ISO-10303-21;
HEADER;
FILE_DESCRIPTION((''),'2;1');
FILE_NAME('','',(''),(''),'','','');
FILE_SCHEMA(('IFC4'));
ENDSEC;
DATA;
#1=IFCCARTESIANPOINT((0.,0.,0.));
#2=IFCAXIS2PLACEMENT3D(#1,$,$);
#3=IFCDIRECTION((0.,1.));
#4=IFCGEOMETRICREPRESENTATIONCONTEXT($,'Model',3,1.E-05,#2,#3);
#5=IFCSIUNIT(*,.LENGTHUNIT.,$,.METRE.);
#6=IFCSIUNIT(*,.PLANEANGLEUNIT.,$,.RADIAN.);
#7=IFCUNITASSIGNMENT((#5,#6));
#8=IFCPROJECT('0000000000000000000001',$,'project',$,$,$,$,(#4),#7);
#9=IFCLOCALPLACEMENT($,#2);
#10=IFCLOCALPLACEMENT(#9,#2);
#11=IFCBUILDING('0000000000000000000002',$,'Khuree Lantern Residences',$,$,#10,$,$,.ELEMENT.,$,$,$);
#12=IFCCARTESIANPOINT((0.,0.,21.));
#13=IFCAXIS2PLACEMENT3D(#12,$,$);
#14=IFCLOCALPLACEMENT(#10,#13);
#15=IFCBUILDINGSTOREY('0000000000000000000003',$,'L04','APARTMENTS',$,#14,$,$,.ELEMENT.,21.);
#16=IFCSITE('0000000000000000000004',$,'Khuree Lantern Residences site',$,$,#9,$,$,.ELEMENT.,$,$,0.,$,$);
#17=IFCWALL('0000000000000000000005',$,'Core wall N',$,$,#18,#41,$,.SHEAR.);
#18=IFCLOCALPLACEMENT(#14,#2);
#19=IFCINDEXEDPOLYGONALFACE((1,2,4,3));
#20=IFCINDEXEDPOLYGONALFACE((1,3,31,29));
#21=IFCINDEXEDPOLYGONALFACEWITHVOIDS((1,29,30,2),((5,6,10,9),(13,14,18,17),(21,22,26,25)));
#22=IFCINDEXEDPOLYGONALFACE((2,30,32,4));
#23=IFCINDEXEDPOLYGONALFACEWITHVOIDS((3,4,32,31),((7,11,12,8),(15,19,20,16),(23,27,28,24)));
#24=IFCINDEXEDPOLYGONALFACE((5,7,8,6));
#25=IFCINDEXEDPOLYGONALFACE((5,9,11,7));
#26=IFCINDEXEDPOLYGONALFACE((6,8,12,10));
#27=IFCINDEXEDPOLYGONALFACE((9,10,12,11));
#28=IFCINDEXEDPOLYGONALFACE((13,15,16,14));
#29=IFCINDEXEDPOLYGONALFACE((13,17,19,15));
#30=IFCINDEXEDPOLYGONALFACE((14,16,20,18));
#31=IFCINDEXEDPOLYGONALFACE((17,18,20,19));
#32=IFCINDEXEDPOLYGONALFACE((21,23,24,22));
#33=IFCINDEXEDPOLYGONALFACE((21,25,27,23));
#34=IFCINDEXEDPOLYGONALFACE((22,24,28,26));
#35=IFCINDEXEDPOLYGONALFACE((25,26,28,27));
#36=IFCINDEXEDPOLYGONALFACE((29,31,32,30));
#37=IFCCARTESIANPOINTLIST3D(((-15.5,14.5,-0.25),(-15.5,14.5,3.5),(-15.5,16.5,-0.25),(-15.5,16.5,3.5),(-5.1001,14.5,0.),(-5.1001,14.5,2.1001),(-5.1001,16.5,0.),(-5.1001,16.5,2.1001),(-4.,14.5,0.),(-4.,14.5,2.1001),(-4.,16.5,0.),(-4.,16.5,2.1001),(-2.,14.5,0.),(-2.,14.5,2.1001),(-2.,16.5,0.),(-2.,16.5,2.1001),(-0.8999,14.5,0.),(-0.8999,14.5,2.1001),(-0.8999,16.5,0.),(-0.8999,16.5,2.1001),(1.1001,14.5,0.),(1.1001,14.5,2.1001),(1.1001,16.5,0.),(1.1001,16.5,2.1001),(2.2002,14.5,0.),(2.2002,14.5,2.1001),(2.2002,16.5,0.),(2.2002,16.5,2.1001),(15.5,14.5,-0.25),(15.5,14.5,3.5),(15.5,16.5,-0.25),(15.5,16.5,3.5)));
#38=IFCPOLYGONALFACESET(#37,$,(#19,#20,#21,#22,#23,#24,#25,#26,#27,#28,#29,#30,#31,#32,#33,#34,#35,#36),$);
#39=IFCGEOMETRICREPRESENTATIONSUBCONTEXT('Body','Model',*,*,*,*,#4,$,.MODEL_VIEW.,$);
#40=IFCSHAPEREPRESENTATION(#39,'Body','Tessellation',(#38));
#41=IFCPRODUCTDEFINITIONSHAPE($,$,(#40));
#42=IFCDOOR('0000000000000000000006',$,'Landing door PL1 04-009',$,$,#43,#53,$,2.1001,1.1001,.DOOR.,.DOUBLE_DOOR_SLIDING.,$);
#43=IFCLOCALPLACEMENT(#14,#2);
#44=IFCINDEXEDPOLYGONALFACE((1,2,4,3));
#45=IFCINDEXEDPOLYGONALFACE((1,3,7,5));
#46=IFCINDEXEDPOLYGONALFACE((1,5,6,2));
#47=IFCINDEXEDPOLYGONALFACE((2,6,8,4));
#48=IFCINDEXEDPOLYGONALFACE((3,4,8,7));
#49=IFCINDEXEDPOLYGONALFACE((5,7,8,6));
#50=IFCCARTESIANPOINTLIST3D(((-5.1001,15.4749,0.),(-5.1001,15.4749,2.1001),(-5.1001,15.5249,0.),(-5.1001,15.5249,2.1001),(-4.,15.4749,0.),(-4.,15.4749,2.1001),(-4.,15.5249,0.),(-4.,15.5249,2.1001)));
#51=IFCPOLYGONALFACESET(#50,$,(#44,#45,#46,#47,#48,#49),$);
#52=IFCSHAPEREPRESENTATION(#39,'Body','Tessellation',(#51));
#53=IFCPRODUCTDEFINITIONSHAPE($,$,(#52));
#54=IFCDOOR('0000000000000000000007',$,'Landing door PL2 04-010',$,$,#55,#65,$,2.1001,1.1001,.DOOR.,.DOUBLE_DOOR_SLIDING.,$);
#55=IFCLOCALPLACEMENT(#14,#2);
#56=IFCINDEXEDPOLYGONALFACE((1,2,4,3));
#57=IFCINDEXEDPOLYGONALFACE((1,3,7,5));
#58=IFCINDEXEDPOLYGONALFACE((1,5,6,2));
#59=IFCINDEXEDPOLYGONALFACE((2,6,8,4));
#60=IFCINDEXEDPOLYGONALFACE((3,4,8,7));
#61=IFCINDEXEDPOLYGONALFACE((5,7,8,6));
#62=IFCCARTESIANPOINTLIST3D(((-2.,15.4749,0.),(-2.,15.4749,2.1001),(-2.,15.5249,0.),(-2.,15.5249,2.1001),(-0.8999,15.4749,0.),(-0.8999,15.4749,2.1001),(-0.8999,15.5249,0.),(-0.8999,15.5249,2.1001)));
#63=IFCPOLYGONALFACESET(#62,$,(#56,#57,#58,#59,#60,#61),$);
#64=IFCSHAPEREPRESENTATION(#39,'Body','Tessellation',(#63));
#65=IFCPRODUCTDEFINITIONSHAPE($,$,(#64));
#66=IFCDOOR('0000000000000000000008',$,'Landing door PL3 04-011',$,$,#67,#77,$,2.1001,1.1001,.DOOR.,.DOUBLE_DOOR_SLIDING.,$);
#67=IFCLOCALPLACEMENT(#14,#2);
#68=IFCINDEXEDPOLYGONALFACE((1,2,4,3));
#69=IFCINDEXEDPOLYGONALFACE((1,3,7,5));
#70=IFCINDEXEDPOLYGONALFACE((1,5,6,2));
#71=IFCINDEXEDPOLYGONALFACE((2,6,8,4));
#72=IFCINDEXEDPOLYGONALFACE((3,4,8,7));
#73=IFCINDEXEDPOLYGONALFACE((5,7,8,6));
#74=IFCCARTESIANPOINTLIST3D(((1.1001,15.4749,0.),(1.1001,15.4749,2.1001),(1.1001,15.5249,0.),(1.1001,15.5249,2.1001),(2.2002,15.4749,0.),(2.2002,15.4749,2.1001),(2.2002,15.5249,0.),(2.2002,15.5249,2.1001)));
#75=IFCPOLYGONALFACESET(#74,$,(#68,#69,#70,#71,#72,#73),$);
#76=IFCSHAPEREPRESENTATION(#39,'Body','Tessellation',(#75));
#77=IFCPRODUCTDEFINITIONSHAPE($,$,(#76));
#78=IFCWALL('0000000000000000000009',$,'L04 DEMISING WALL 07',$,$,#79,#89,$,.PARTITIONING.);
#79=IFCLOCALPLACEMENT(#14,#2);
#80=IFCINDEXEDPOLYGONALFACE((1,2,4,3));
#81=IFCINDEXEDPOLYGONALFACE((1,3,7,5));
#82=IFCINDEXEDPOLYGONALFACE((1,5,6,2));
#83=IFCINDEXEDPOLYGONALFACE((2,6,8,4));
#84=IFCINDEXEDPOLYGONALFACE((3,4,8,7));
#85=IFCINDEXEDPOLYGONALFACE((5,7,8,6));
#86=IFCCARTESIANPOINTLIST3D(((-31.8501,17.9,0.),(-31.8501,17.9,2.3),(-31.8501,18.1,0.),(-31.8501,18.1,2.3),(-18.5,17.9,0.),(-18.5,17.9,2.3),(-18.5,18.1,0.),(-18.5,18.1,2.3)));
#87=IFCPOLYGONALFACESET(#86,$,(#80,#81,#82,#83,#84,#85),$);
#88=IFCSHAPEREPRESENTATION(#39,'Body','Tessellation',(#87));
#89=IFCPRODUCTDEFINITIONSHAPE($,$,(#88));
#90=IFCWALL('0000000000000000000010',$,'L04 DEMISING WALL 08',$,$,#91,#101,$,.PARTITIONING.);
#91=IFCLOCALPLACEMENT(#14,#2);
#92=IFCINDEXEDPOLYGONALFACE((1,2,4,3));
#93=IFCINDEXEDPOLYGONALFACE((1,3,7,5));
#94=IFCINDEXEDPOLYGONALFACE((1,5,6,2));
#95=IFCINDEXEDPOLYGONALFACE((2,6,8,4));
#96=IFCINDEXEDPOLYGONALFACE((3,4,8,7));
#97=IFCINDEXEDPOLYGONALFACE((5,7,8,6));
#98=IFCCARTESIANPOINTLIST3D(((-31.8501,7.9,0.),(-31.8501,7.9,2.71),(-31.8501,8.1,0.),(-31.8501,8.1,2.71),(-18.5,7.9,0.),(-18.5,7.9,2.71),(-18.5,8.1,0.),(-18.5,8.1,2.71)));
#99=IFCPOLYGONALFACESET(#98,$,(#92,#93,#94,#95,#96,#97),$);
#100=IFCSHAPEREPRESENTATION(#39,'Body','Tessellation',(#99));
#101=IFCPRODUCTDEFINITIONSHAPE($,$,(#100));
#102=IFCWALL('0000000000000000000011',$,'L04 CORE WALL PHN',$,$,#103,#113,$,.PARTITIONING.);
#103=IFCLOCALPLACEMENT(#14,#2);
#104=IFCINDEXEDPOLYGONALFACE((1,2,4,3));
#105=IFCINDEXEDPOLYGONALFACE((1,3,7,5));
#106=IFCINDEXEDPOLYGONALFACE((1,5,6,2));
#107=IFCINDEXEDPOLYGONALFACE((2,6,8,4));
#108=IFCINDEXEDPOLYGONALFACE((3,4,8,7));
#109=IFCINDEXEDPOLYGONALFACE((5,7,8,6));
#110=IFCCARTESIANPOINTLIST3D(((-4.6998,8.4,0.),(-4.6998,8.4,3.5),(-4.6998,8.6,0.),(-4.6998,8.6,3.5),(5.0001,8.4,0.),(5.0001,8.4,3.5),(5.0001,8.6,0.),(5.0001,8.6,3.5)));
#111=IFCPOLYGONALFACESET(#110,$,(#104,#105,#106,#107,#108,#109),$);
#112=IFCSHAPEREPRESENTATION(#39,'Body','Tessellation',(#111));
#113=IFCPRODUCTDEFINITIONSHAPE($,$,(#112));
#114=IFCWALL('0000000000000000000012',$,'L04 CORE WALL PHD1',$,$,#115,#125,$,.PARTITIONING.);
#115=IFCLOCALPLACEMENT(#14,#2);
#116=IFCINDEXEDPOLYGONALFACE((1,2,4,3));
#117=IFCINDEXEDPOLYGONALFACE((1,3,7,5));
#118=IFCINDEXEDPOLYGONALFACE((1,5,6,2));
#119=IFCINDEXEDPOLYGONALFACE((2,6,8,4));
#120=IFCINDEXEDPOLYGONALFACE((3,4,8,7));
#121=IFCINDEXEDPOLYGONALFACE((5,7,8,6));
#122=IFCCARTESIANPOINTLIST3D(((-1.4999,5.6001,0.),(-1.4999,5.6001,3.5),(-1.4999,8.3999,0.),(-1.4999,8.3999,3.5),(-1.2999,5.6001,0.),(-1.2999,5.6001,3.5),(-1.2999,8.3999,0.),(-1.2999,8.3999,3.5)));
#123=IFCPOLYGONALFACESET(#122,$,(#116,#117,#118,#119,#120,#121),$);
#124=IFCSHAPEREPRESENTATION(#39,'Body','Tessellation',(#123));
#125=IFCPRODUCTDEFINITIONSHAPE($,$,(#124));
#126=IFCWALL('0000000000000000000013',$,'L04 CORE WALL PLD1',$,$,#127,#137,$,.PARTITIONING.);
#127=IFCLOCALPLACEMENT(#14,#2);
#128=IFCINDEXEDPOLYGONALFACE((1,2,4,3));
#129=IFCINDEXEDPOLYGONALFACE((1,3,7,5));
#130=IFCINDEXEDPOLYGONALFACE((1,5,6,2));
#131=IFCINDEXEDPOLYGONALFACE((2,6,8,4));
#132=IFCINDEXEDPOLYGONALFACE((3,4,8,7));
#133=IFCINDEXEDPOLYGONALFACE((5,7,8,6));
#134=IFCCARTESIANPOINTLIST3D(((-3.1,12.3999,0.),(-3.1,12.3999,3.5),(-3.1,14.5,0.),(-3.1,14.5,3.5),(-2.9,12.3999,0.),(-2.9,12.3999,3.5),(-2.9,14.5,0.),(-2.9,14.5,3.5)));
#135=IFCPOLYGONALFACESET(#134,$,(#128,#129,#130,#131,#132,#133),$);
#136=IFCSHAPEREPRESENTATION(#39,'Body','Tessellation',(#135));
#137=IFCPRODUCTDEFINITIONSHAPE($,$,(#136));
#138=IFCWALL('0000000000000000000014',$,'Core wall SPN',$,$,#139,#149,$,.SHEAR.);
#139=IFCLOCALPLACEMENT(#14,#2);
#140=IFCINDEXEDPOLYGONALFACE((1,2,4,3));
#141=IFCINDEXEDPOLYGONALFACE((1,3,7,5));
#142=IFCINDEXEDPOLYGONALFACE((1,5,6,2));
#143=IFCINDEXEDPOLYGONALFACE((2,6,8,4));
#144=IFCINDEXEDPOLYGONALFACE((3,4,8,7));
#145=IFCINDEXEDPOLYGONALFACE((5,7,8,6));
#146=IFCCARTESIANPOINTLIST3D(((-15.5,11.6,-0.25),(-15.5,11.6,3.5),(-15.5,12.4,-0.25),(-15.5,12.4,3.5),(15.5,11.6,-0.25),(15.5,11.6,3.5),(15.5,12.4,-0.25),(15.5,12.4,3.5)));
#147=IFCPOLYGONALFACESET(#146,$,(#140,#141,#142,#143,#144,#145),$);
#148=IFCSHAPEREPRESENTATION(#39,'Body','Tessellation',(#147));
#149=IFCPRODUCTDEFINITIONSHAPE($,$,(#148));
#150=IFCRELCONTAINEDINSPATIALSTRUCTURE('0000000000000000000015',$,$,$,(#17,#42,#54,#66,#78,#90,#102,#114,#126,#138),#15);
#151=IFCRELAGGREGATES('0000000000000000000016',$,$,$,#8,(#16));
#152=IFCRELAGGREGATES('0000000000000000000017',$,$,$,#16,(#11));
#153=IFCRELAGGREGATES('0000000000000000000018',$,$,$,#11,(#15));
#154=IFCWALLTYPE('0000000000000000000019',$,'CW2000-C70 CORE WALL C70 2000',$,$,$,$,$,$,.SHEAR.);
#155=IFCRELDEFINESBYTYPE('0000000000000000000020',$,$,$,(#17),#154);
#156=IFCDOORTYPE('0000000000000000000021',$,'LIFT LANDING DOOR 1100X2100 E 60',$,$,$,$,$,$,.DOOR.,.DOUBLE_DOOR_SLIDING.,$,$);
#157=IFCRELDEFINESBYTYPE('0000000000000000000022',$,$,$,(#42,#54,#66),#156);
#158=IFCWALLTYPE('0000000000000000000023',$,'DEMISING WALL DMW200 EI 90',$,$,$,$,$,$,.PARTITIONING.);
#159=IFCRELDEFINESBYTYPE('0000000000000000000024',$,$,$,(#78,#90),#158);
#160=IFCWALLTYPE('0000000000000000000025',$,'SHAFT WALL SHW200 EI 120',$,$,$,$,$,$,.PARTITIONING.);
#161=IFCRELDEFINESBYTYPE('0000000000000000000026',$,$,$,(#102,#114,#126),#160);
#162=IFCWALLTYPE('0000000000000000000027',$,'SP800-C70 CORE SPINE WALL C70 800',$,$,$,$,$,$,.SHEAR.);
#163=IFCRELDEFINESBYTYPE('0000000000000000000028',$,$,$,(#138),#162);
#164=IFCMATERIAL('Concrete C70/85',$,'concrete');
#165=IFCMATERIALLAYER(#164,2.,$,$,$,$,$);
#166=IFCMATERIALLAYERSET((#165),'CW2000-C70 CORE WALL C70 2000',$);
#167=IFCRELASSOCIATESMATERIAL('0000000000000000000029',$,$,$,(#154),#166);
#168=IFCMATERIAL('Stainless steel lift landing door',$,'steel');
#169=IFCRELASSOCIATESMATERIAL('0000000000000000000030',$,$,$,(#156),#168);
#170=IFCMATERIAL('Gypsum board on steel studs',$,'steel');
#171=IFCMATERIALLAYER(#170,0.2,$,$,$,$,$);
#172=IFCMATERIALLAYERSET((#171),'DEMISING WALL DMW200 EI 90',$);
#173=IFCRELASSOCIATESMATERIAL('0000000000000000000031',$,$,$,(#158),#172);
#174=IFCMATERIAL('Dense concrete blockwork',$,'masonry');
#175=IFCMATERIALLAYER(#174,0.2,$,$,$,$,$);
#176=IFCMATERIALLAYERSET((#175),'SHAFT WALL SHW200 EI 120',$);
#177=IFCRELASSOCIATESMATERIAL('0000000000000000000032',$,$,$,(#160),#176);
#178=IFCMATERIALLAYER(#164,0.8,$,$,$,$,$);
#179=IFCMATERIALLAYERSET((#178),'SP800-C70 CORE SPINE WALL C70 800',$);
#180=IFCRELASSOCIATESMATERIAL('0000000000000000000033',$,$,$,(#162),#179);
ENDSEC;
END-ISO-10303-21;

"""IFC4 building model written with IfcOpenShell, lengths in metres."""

from ifc_helpers import new_model, si_unit, direction, frame, frame_2d, origin, place, context, subcontext, project, spatial, rectangle, extrude, material, layer, layer_set, type_object, element, fill, save


model = new_model("IFC4")

# Units and contexts
model_context = context("Model", 3, precision=1e-05, world=origin(), true_north=direction((0.0, 1.0)))
body_context = subcontext(model_context, "Body", "Model", "MODEL_VIEW")
ifc_project = project(units=[si_unit("LENGTHUNIT", "METRE"), si_unit("PLANEANGLEUNIT", "RADIAN")], contexts=[model_context])

# Site, building, storey
site_placement = place(None, origin())
site = spatial("IfcSite", under=ifc_project, at=site_placement, Name="Khuree Lantern Residences site", CompositionType="ELEMENT", RefElevation=0.0)
building_placement = place(site_placement, origin())
building = spatial("IfcBuilding", under=site, at=building_placement, Name="Khuree Lantern Residences", CompositionType="ELEMENT")
storey_placement = place(building_placement, frame((0.0, 0.0, 21.0)))
storey = spatial("IfcBuildingStorey", under=building, at=storey_placement, Name="L04", Description="APARTMENTS", CompositionType="ELEMENT", Elevation=21.0)

# Shared definitions
ifc_material_1 = material(Name="Concrete C70/85", Category="concrete")

# Shared definitions
ifc_material_2 = material(Name="Dense concrete blockwork", Category="masonry")

# Wall, openings, doors
ifc_layer_1 = layer(ifc_material_1, 2.0)
ifc_layer_set_1 = layer_set([ifc_layer_1], Name="CW2000-C70 CORE WALL C70 2000")
wall_type_1 = type_object("IfcWallType", Name="CW2000-C70 CORE WALL C70 2000", PredefinedType="SHEAR", material=ifc_layer_set_1)
wall_1_placement = place(storey_placement, frame((-15.5, 15.5, -0.25), z_axis=(0.0, 0.0, 1.0), x_axis=(1.0, 0.0, 0.0)))
wall_1 = element("IfcWall", 1, at=wall_1_placement, inside=storey, type_object=wall_type_1, Name="Core wall N", PredefinedType="SHEAR", context=body_context, shape_type="SweptSolid", body=[
    extrude(rectangle(XDim=31.0, YDim=2.0, at=frame_2d((15.5, 0.0))), origin(), (0.0, 0.0, 1.0), 3.75),
])
opening_1_placement = place(wall_1_placement, frame((10.3999, 0.0, 0.25)))
opening_1 = element("IfcOpeningElement", 2, at=opening_1_placement, cuts=wall_1, PredefinedType="OPENING", context=body_context, shape_type="SweptSolid", body=[
    extrude(rectangle(XDim=1.1001, YDim=2.1001, at=frame_2d((0.55, 1.05))), frame((0.0, 1.01, 0.0), z_axis=(0.0, -1.0, 0.0), x_axis=(1.0, 0.0, 0.0)), (0.0, 0.0, 1.0), 2.02),
])
opening_2_placement = place(wall_1_placement, frame((13.5, 0.0, 0.25)))
opening_2 = element("IfcOpeningElement", 3, at=opening_2_placement, cuts=wall_1, PredefinedType="OPENING", context=body_context, shape_type="SweptSolid", body=[
    extrude(rectangle(XDim=1.1001, YDim=2.1001, at=frame_2d((0.55, 1.05))), frame((0.0, 1.01, 0.0), z_axis=(0.0, -1.0, 0.0), x_axis=(1.0, 0.0, 0.0)), (0.0, 0.0, 1.0), 2.02),
])
opening_3_placement = place(wall_1_placement, frame((16.6001, 0.0, 0.25)))
opening_3 = element("IfcOpeningElement", 4, at=opening_3_placement, cuts=wall_1, PredefinedType="OPENING", context=body_context, shape_type="SweptSolid", body=[
    extrude(rectangle(XDim=1.1001, YDim=2.1001, at=frame_2d((0.55, 1.05))), frame((0.0, 1.01, 0.0), z_axis=(0.0, -1.0, 0.0), x_axis=(1.0, 0.0, 0.0)), (0.0, 0.0, 1.0), 2.02),
])
ifc_material_3 = material(Name="Stainless steel lift landing door", Category="steel")
door_type_1 = type_object("IfcDoorType", Name="LIFT LANDING DOOR 1100X2100 E 60", OperationType="DOUBLE_DOOR_SLIDING", PredefinedType="DOOR", material=ifc_material_3)
door_1_placement = place(opening_1_placement, origin())
door_1 = element("IfcDoor", 5, at=door_1_placement, inside=storey, type_object=door_type_1, Name="Landing door PL1 04-009", OperationType="DOUBLE_DOOR_SLIDING", OverallHeight=2.1001, OverallWidth=1.1001, PredefinedType="DOOR", context=body_context, shape_type="SweptSolid", body=[
    extrude(rectangle(XDim=1.1001, YDim=2.1001, at=frame_2d((0.55, 1.05))), frame((0.0, 0.0249, 0.0), z_axis=(0.0, -1.0, 0.0), x_axis=(1.0, 0.0, 0.0)), (0.0, 0.0, 1.0), 0.05),
])
fill(opening_1, door_1)
door_2_placement = place(opening_2_placement, origin())
door_2 = element("IfcDoor", 6, at=door_2_placement, inside=storey, type_object=door_type_1, Name="Landing door PL2 04-010", OperationType="DOUBLE_DOOR_SLIDING", OverallHeight=2.1001, OverallWidth=1.1001, PredefinedType="DOOR", context=body_context, shape_type="SweptSolid", body=[
    extrude(rectangle(XDim=1.1001, YDim=2.1001, at=frame_2d((0.55, 1.05))), frame((0.0, 0.0249, 0.0), z_axis=(0.0, -1.0, 0.0), x_axis=(1.0, 0.0, 0.0)), (0.0, 0.0, 1.0), 0.05),
])
fill(opening_2, door_2)
door_3_placement = place(opening_3_placement, origin())
door_3 = element("IfcDoor", 7, at=door_3_placement, inside=storey, type_object=door_type_1, Name="Landing door PL3 04-011", OperationType="DOUBLE_DOOR_SLIDING", OverallHeight=2.1001, OverallWidth=1.1001, PredefinedType="DOOR", context=body_context, shape_type="SweptSolid", body=[
    extrude(rectangle(XDim=1.1001, YDim=2.1001, at=frame_2d((0.55, 1.05))), frame((0.0, 0.0249, 0.0), z_axis=(0.0, -1.0, 0.0), x_axis=(1.0, 0.0, 0.0)), (0.0, 0.0, 1.0), 0.05),
])
fill(opening_3, door_3)

# Walls
ifc_material_4 = material(Name="Gypsum board on steel studs", Category="steel")
ifc_layer_2 = layer(ifc_material_4, 0.2)
ifc_layer_set_2 = layer_set([ifc_layer_2], Name="DEMISING WALL DMW200 EI 90")
wall_type_2 = type_object("IfcWallType", Name="DEMISING WALL DMW200 EI 90", PredefinedType="PARTITIONING", material=ifc_layer_set_2)
wall_2_placement = place(storey_placement, frame((-18.5, 18.0, 0.0), z_axis=(0.0, 0.0, 1.0), x_axis=(-1.0, 0.0, 0.0)))
element("IfcWall", 8, at=wall_2_placement, inside=storey, type_object=wall_type_2, Name="L04 DEMISING WALL 07", PredefinedType="PARTITIONING", context=body_context, shape_type="SweptSolid", body=[
    extrude(rectangle(XDim=13.3501, YDim=0.2, at=frame_2d((6.675, 0.0))), origin(), (0.0, 0.0, 1.0), 2.3),
])
wall_3_placement = place(storey_placement, frame((-18.5, 8.0, 0.0), z_axis=(0.0, 0.0, 1.0), x_axis=(-1.0, 0.0, 0.0)))
element("IfcWall", 9, at=wall_3_placement, inside=storey, type_object=wall_type_2, Name="L04 DEMISING WALL 08", PredefinedType="PARTITIONING", context=body_context, shape_type="SweptSolid", body=[
    extrude(rectangle(XDim=13.3501, YDim=0.2, at=frame_2d((6.675, 0.0))), origin(), (0.0, 0.0, 1.0), 2.71),
])
ifc_layer_3 = layer(ifc_material_2, 0.2)
ifc_layer_set_3 = layer_set([ifc_layer_3], Name="SHAFT WALL SHW200 EI 120")
wall_type_3 = type_object("IfcWallType", Name="SHAFT WALL SHW200 EI 120", PredefinedType="PARTITIONING", material=ifc_layer_set_3)
wall_4_placement = place(storey_placement, frame((-4.7, 8.5, 0.0), z_axis=(0.0, 0.0, 1.0), x_axis=(1.0, 0.0, 0.0)))
element("IfcWall", 10, at=wall_4_placement, inside=storey, type_object=wall_type_3, Name="L04 CORE WALL PHN", PredefinedType="PARTITIONING", context=body_context, shape_type="SweptSolid", body=[
    extrude(rectangle(XDim=9.7, YDim=0.2, at=frame_2d((4.8501, 0.0))), origin(), (0.0, 0.0, 1.0), 3.5),
])
wall_5_placement = place(storey_placement, frame((-1.3999, 5.6001, 0.0), z_axis=(0.0, 0.0, 1.0), x_axis=(0.0, 1.0, 0.0)))
element("IfcWall", 11, at=wall_5_placement, inside=storey, type_object=wall_type_3, Name="L04 CORE WALL PHD1", PredefinedType="PARTITIONING", context=body_context, shape_type="SweptSolid", body=[
    extrude(rectangle(XDim=2.7998, YDim=0.2, at=frame_2d((1.3999, 0.0))), origin(), (0.0, 0.0, 1.0), 3.5),
])
wall_6_placement = place(storey_placement, frame((-3.0, 12.3999, 0.0), z_axis=(0.0, 0.0, 1.0), x_axis=(0.0, 1.0, 0.0)))
element("IfcWall", 12, at=wall_6_placement, inside=storey, type_object=wall_type_3, Name="L04 CORE WALL PLD1", PredefinedType="PARTITIONING", context=body_context, shape_type="SweptSolid", body=[
    extrude(rectangle(XDim=2.1001, YDim=0.2, at=frame_2d((1.05, 0.0))), origin(), (0.0, 0.0, 1.0), 3.5),
])
ifc_layer_4 = layer(ifc_material_1, 0.8)
ifc_layer_set_4 = layer_set([ifc_layer_4], Name="SP800-C70 CORE SPINE WALL C70 800")
wall_type_4 = type_object("IfcWallType", Name="SP800-C70 CORE SPINE WALL C70 800", PredefinedType="SHEAR", material=ifc_layer_set_4)
wall_7_placement = place(storey_placement, frame((-15.5, 12.0, -0.25), z_axis=(0.0, 0.0, 1.0), x_axis=(1.0, 0.0, 0.0)))
element("IfcWall", 13, at=wall_7_placement, inside=storey, type_object=wall_type_4, Name="Core wall SPN", PredefinedType="SHEAR", context=body_context, shape_type="SweptSolid", body=[
    extrude(rectangle(XDim=31.0, YDim=0.8, at=frame_2d((15.5, 0.0))), origin(), (0.0, 0.0, 1.0), 3.75),
])

save(model, "model.ifc")
